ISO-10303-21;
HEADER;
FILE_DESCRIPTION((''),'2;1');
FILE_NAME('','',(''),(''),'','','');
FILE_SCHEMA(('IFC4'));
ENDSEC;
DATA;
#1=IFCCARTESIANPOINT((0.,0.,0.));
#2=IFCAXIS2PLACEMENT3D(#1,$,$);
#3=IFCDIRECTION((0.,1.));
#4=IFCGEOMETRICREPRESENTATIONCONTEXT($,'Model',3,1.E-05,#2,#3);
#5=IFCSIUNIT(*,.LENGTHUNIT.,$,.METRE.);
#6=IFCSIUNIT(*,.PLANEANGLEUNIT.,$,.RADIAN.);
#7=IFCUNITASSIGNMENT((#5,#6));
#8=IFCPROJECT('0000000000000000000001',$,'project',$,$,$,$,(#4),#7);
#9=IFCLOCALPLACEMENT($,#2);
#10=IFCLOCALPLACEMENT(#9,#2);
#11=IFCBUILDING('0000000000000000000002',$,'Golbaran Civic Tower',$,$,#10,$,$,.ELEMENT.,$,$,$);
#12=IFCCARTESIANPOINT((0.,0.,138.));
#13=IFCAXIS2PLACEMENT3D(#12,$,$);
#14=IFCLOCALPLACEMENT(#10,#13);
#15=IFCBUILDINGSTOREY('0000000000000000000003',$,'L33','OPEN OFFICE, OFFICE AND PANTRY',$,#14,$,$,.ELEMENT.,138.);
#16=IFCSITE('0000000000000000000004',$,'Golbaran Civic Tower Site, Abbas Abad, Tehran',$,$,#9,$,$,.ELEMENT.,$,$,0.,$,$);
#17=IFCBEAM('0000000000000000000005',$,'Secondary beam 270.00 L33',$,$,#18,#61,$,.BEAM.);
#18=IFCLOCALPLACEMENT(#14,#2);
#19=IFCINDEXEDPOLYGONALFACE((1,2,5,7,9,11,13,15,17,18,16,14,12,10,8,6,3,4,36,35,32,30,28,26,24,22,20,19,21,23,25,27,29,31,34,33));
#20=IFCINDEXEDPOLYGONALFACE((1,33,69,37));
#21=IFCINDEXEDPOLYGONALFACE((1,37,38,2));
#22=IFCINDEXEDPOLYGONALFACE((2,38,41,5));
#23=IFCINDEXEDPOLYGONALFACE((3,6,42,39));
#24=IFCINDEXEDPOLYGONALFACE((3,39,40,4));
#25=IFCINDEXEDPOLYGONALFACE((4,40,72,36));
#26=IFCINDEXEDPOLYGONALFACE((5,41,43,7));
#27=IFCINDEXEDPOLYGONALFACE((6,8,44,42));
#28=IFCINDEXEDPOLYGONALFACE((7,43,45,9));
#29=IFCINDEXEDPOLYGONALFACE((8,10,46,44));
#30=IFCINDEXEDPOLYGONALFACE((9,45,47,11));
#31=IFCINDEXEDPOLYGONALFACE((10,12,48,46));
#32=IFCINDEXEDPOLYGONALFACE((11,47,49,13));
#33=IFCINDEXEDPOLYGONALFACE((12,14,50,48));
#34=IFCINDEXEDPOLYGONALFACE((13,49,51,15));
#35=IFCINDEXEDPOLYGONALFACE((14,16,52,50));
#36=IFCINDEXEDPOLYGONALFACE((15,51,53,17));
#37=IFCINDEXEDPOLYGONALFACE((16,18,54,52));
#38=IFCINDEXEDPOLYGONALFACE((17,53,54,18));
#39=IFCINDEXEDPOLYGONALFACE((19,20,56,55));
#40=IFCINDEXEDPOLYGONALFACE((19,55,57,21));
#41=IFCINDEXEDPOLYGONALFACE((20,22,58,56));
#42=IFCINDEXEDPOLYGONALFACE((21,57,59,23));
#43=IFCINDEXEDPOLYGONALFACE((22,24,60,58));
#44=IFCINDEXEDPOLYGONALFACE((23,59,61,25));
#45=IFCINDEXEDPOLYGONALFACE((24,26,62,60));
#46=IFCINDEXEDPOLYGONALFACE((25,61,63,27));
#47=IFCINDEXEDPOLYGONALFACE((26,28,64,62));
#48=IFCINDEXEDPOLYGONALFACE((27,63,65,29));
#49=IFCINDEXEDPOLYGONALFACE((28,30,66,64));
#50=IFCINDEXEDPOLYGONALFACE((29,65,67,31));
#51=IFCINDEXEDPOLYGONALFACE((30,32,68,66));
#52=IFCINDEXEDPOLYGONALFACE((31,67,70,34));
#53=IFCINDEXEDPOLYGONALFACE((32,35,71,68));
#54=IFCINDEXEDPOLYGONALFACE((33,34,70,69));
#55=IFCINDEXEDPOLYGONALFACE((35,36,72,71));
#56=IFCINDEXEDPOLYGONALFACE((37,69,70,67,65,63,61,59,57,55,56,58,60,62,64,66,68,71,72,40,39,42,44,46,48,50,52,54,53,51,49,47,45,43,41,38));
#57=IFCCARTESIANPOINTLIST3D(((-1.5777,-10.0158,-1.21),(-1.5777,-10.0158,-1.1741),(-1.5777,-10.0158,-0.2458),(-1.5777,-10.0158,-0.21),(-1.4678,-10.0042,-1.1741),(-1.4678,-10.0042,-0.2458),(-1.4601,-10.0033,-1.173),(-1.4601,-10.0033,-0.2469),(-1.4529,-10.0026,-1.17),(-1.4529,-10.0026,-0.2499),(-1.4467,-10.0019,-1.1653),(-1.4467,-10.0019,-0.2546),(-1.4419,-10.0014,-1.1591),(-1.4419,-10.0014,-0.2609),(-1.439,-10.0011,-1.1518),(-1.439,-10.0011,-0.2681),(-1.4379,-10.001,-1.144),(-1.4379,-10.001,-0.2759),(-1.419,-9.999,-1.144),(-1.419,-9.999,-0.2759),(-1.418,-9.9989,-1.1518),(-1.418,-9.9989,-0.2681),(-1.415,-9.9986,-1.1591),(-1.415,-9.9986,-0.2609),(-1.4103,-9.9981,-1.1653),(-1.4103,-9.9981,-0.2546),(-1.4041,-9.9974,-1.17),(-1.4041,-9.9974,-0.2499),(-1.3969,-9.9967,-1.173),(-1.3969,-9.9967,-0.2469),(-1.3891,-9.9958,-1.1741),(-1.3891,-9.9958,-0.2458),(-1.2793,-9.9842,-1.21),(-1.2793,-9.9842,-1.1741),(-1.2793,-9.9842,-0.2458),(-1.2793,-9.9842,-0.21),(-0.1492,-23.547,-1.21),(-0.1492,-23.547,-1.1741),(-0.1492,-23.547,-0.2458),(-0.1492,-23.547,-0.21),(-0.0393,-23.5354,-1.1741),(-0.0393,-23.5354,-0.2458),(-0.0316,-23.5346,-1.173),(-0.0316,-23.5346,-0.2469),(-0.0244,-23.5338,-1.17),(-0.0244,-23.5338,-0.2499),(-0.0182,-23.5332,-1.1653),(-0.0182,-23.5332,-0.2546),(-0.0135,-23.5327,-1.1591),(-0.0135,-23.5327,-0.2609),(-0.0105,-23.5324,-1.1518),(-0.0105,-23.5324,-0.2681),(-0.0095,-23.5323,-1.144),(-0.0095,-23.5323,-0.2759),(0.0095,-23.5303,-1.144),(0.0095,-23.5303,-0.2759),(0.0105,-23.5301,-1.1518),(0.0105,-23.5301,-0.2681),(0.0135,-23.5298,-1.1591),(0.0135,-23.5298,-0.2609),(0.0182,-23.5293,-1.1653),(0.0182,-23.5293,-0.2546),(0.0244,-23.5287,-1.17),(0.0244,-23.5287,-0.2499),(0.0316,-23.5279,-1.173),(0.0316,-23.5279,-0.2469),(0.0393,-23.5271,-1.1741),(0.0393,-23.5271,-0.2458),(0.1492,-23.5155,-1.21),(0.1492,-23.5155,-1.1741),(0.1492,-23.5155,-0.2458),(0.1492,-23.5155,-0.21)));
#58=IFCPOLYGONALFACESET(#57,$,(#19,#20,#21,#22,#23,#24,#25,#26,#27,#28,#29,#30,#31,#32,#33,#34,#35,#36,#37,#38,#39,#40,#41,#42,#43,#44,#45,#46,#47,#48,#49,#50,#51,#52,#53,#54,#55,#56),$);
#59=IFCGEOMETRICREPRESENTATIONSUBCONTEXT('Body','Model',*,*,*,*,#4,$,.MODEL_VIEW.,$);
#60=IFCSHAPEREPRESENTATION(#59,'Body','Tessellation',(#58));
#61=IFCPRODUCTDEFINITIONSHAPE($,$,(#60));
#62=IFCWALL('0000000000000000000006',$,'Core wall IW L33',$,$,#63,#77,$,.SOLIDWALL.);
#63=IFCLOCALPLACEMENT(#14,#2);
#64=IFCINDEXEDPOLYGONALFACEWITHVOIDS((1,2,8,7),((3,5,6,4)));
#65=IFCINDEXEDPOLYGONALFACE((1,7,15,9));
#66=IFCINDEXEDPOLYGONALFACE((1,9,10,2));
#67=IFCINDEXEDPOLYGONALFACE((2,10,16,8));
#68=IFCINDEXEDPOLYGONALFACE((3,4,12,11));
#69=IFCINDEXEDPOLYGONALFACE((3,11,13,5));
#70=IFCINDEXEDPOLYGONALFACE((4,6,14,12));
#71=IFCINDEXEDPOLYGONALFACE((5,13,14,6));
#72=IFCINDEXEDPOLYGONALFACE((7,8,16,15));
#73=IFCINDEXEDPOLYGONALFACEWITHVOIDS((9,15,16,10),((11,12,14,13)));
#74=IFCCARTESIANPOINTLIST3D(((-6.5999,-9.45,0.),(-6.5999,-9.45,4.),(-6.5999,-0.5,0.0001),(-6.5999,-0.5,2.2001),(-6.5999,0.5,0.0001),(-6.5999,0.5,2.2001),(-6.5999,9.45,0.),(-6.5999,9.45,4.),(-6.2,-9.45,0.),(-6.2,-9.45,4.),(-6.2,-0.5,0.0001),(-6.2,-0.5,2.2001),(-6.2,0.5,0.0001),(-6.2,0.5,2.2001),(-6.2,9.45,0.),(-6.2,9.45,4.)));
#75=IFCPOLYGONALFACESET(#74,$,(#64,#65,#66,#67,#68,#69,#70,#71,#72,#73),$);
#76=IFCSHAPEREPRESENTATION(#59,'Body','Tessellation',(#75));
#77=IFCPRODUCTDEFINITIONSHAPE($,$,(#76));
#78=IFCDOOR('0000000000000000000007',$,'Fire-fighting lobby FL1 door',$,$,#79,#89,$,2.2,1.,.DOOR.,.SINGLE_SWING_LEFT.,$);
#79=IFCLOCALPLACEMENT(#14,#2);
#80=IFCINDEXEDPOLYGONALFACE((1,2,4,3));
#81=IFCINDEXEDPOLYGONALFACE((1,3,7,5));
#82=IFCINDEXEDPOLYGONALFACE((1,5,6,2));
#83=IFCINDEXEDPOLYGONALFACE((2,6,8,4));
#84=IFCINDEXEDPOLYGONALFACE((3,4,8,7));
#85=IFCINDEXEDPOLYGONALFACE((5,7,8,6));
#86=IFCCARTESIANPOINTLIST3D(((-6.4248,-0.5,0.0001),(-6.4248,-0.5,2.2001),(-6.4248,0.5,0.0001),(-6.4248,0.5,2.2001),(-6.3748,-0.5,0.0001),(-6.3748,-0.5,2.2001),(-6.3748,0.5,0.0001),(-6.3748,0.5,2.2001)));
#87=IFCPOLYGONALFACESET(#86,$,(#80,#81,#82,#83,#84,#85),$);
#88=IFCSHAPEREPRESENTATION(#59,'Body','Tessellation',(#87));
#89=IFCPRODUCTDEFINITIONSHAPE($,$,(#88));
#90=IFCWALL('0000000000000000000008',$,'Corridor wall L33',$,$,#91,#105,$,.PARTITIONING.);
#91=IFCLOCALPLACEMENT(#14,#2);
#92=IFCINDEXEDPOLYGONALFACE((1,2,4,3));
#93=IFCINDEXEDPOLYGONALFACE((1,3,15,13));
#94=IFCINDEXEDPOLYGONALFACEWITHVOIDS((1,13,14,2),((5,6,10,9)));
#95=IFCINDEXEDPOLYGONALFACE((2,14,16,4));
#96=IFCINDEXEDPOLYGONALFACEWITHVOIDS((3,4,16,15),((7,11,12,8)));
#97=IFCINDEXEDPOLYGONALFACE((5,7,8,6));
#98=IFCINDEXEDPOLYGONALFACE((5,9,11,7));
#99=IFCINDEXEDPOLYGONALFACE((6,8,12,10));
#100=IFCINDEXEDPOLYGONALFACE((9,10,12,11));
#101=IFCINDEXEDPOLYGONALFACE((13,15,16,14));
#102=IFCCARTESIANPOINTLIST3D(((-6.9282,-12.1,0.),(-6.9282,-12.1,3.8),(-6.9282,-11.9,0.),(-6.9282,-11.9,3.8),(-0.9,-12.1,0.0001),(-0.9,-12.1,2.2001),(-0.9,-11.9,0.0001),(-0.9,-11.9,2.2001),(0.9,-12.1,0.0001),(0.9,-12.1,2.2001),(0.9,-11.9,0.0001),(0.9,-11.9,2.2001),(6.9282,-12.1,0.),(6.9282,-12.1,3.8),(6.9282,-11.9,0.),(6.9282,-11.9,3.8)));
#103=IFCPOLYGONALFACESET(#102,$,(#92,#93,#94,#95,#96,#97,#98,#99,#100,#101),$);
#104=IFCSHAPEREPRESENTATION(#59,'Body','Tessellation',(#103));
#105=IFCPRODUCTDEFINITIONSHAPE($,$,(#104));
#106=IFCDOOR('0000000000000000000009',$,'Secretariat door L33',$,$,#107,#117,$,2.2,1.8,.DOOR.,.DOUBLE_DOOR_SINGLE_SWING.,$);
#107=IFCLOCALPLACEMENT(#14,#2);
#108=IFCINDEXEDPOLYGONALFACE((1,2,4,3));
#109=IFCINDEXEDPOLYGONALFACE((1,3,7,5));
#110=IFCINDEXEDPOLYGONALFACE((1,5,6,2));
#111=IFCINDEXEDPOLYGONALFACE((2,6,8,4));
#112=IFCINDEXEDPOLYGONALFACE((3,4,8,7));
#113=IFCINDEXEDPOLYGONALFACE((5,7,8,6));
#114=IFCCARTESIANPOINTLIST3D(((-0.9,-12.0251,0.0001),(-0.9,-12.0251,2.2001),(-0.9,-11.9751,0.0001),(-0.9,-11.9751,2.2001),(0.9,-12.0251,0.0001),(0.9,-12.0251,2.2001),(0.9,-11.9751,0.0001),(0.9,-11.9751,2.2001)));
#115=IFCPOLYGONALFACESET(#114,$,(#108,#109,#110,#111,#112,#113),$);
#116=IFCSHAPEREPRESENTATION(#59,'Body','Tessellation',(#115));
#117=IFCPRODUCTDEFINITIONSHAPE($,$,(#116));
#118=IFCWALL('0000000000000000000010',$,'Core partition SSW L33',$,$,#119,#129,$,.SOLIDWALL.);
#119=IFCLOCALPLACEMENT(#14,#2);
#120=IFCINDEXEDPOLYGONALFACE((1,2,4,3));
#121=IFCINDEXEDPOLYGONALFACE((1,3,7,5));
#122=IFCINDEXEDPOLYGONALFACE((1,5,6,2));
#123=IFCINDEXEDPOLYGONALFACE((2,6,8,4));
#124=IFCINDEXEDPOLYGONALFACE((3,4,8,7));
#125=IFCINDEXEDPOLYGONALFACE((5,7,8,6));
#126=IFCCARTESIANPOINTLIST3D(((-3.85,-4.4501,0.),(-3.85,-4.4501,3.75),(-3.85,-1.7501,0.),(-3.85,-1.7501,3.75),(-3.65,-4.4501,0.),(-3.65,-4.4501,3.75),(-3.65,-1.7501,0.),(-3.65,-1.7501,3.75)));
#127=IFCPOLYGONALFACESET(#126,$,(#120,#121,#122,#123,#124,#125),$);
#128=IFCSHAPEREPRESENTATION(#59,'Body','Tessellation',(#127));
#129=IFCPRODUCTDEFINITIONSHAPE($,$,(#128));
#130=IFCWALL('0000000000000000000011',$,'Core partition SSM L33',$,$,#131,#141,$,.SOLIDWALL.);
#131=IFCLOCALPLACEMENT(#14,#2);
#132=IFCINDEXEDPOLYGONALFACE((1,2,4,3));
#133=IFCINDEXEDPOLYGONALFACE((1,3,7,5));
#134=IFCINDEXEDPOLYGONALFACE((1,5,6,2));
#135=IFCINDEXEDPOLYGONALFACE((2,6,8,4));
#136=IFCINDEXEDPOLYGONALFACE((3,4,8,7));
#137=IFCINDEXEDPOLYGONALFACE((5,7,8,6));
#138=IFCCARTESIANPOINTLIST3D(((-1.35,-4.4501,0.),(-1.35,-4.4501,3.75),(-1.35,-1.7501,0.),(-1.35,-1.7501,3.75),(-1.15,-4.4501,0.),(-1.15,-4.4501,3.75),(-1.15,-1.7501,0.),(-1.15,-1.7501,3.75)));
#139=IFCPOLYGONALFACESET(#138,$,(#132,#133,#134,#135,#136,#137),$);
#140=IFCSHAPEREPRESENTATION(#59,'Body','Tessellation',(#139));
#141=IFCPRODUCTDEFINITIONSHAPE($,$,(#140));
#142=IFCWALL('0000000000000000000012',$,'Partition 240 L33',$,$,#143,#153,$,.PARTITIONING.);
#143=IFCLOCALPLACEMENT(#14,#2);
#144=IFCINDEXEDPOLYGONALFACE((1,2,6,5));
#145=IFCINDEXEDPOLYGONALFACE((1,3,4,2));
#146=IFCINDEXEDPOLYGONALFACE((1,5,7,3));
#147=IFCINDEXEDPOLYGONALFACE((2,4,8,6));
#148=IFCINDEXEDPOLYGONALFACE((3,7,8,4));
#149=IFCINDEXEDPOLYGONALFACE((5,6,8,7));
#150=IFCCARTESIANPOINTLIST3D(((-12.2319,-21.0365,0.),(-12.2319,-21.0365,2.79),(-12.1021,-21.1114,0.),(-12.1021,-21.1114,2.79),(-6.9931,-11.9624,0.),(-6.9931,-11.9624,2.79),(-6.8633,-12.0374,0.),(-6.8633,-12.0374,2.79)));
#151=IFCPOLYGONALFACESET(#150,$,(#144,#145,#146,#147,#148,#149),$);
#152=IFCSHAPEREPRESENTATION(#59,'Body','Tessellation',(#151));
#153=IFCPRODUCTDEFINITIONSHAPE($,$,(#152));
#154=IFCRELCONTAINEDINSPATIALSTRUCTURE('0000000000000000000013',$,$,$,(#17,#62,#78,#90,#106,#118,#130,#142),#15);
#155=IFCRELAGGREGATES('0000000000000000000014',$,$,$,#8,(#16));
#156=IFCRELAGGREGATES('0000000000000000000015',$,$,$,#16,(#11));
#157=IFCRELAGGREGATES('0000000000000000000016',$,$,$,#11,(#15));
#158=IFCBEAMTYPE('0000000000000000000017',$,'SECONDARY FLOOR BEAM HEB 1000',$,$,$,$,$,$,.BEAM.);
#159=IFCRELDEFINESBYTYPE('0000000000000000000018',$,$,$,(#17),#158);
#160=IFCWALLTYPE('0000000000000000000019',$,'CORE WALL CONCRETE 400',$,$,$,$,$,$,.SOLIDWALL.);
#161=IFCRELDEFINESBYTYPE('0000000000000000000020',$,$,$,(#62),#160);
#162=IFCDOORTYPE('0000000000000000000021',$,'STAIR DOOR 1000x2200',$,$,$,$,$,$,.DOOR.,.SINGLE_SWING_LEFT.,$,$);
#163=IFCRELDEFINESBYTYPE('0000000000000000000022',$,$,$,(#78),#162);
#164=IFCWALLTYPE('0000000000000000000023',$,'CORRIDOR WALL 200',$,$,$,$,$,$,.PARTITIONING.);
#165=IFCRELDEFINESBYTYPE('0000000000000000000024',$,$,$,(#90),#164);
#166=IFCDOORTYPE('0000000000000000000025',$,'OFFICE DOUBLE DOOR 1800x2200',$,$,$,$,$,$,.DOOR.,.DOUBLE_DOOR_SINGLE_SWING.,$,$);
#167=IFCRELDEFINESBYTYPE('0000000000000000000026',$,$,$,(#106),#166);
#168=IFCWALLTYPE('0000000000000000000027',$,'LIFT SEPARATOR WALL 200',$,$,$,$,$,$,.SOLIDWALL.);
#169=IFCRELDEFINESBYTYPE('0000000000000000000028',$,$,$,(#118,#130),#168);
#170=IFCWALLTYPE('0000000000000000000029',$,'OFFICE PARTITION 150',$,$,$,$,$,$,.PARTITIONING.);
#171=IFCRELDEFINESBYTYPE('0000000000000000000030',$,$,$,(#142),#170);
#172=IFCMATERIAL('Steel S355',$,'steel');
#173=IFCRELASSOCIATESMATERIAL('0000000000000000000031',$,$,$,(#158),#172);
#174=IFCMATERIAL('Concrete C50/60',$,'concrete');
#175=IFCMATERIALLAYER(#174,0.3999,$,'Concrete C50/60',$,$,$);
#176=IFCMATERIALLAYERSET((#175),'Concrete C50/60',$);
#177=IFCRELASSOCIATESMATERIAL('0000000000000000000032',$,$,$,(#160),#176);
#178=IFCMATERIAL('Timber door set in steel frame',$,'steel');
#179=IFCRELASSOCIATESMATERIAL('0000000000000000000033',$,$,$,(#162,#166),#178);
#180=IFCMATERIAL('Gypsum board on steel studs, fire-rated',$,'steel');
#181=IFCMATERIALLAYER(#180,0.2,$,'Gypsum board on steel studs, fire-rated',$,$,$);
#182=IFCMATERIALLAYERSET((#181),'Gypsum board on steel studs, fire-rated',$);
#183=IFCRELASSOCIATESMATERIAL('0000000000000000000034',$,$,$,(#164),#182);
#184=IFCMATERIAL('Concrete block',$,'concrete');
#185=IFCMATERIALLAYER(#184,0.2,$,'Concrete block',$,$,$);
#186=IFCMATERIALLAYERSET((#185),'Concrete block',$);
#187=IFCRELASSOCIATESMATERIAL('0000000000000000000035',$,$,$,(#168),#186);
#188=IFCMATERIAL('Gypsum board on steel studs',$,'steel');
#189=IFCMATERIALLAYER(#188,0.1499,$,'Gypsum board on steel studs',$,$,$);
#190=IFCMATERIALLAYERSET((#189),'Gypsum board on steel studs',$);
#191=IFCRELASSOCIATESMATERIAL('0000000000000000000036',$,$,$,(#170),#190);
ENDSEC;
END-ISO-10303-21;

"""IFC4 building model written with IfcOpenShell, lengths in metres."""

from ifc_helpers import new_model, si_unit, direction, frame, frame_2d, origin, origin_2d, place, context, subcontext, project, spatial, rectangle, i_section, extrude, material, layer, layer_set, material_profile, profile_set, type_object, element, fill, save


model = new_model("IFC4")

# Units and contexts
model_context = context("Model", 3, precision=1e-05, world=origin(), true_north=direction((0.0, 1.0)))
body_context = subcontext(model_context, "Body", "Model", "MODEL_VIEW")
ifc_project = project(units=[si_unit("LENGTHUNIT", "METRE"), si_unit("PLANEANGLEUNIT", "RADIAN")], contexts=[model_context])

# Site, building, storey
site_placement = place(None, origin())
site = spatial("IfcSite", under=ifc_project, at=site_placement, Name="Golbaran Civic Tower Site, Abbas Abad, Tehran", CompositionType="ELEMENT", RefElevation=0.0)
building_placement = place(site_placement, origin())
building = spatial("IfcBuilding", under=site, at=building_placement, Name="Golbaran Civic Tower", CompositionType="ELEMENT")
storey_placement = place(building_placement, frame((0.0, 0.0, 138.0)))
storey = spatial("IfcBuildingStorey", under=building, at=storey_placement, Name="L33", Description="OPEN OFFICE, OFFICE AND PANTRY", CompositionType="ELEMENT", Elevation=138.0)

# Beam
ifc_material_1 = material(Name="Steel S355", Category="steel")
ifc_material_profile_1 = material_profile(ifc_material_1, i_section(OverallWidth=0.3, OverallDepth=1.0, WebThickness=0.019, FlangeThickness=0.0359, FilletRadius=0.03, at=origin_2d()), Name="HEB 1000")
ifc_profile_set_1 = profile_set([ifc_material_profile_1], Name="Steel S355")
beam_type_1 = type_object("IfcBeamType", Name="SECONDARY FLOOR BEAM HEB 1000", PredefinedType="BEAM", material=ifc_profile_set_1)
beam_1_placement = place(storey_placement, frame((-1.4285, -10.0, -0.71), z_axis=(0.104985, -0.994474, 0.0), x_axis=(0.994474, 0.104985, 0.0)))
element("IfcBeam", 1, at=beam_1_placement, inside=storey, type_object=beam_type_1, Name="Secondary beam 270.00 L33", PredefinedType="BEAM", context=body_context, shape_type="SweptSolid", body=[
    extrude(i_section(OverallWidth=0.3, OverallDepth=1.0, WebThickness=0.019, FlangeThickness=0.0359, FilletRadius=0.03, at=origin_2d()), origin(), (0.0, 0.0, 1.0), 13.6064),
])

# Walls, openings, doors
ifc_material_2 = material(Name="Concrete C50/60", Category="concrete")
ifc_layer_1 = layer(ifc_material_2, 0.3999, Name="Concrete C50/60")
ifc_layer_set_1 = layer_set([ifc_layer_1], Name="Concrete C50/60")
wall_type_1 = type_object("IfcWallType", Name="CORE WALL CONCRETE 400", PredefinedType="SOLIDWALL", material=ifc_layer_set_1)
wall_1_placement = place(storey_placement, frame((-6.3999, -9.45, 0.0), z_axis=(0.0, 0.0, 1.0), x_axis=(0.0, 1.0, 0.0)))
wall_1 = element("IfcWall", 2, at=wall_1_placement, inside=storey, type_object=wall_type_1, Name="Core wall IW L33", PredefinedType="SOLIDWALL", context=body_context, shape_type="SweptSolid", body=[
    extrude(rectangle(XDim=18.8999, YDim=0.3999, at=frame_2d((9.45, 0.0))), origin(), (0.0, 0.0, 1.0), 4.0),
])
opening_1_placement = place(wall_1_placement, frame((8.95, 0.0, 0.0)))
opening_1 = element("IfcOpeningElement", 3, at=opening_1_placement, cuts=wall_1, PredefinedType="OPENING", context=body_context, shape_type="SweptSolid", body=[
    extrude(rectangle(XDim=1.0, YDim=2.2, at=frame_2d((0.5, 1.1001))), frame((0.0, 0.21, 0.0), z_axis=(0.0, -1.0, 0.0), x_axis=(1.0, 0.0, 0.0)), (0.0, 0.0, 1.0), 0.4199),
])
ifc_material_3 = material(Name="Timber door set in steel frame", Category="steel")
door_type_1 = type_object("IfcDoorType", Name="STAIR DOOR 1000x2200", OperationType="SINGLE_SWING_LEFT", PredefinedType="DOOR", material=ifc_material_3)
door_1_placement = place(opening_1_placement, origin())
door_1 = element("IfcDoor", 4, at=door_1_placement, inside=storey, type_object=door_type_1, Name="Fire-fighting lobby FL1 door", OperationType="SINGLE_SWING_LEFT", OverallHeight=2.2, OverallWidth=1.0, PredefinedType="DOOR", context=body_context, shape_type="SweptSolid", body=[
    extrude(rectangle(XDim=1.0, YDim=2.2, at=frame_2d((0.5, 1.1001))), frame((0.0, 0.0249, 0.0), z_axis=(0.0, -1.0, 0.0), x_axis=(1.0, 0.0, 0.0)), (0.0, 0.0, 1.0), 0.05),
])
fill(opening_1, door_1)
ifc_material_4 = material(Name="Gypsum board on steel studs, fire-rated", Category="steel")
ifc_layer_2 = layer(ifc_material_4, 0.2, Name="Gypsum board on steel studs, fire-rated")
ifc_layer_set_2 = layer_set([ifc_layer_2], Name="Gypsum board on steel studs, fire-rated")
wall_type_2 = type_object("IfcWallType", Name="CORRIDOR WALL 200", PredefinedType="PARTITIONING", material=ifc_layer_set_2)
wall_2_placement = place(storey_placement, frame((-6.9282, -12.0, 0.0), z_axis=(0.0, 0.0, 1.0), x_axis=(1.0, 0.0, 0.0)))
wall_2 = element("IfcWall", 5, at=wall_2_placement, inside=storey, type_object=wall_type_2, Name="Corridor wall L33", PredefinedType="PARTITIONING", context=body_context, shape_type="SweptSolid", body=[
    extrude(rectangle(XDim=13.8564, YDim=0.2, at=frame_2d((6.9282, 0.0))), origin(), (0.0, 0.0, 1.0), 3.8),
])
opening_2_placement = place(wall_2_placement, frame((6.0283, 0.0, 0.0)))
opening_2 = element("IfcOpeningElement", 6, at=opening_2_placement, cuts=wall_2, PredefinedType="OPENING", context=body_context, shape_type="SweptSolid", body=[
    extrude(rectangle(XDim=1.8, YDim=2.2, at=frame_2d((0.8999, 1.1001))), frame((0.0, 0.1099, 0.0), z_axis=(0.0, -1.0, 0.0), x_axis=(1.0, 0.0, 0.0)), (0.0, 0.0, 1.0), 0.22),
])
door_type_2 = type_object("IfcDoorType", Name="OFFICE DOUBLE DOOR 1800x2200", OperationType="DOUBLE_DOOR_SINGLE_SWING", PredefinedType="DOOR", material=ifc_material_3)
door_2_placement = place(opening_2_placement, origin())
door_2 = element("IfcDoor", 7, at=door_2_placement, inside=storey, type_object=door_type_2, Name="Secretariat door L33", OperationType="DOUBLE_DOOR_SINGLE_SWING", OverallHeight=2.2, OverallWidth=1.8, PredefinedType="DOOR", context=body_context, shape_type="SweptSolid", body=[
    extrude(rectangle(XDim=1.8, YDim=2.2, at=frame_2d((0.8999, 1.1001))), frame((0.0, 0.0249, 0.0), z_axis=(0.0, -1.0, 0.0), x_axis=(1.0, 0.0, 0.0)), (0.0, 0.0, 1.0), 0.05),
])
fill(opening_2, door_2)

# Walls
ifc_material_5 = material(Name="Concrete block", Category="concrete")
ifc_layer_3 = layer(ifc_material_5, 0.2, Name="Concrete block")
ifc_layer_set_3 = layer_set([ifc_layer_3], Name="Concrete block")
wall_type_3 = type_object("IfcWallType", Name="LIFT SEPARATOR WALL 200", PredefinedType="SOLIDWALL", material=ifc_layer_set_3)
for number, where, z_axis, x_axis, name in (
    (8, (-3.75, -1.75, 0.0), (0.0, 0.0, 1.0), (0.0, -1.0, 0.0), "Core partition SSW L33"),
    (9, (-1.25, -1.75, 0.0), (0.0, 0.0, 1.0), (0.0, -1.0, 0.0), "Core partition SSM L33"),
):
    element("IfcWall", number, at=place(storey_placement, frame(where, z_axis=z_axis, x_axis=x_axis)), inside=storey, type_object=wall_type_3, Name=name, PredefinedType="SOLIDWALL", context=body_context, shape_type="SweptSolid", body=[
        extrude(rectangle(XDim=2.7, YDim=0.2, at=frame_2d((1.3501, 0.0))), origin(), (0.0, 0.0, 1.0), 3.75),
    ])
ifc_material_6 = material(Name="Gypsum board on steel studs", Category="steel")
ifc_layer_4 = layer(ifc_material_6, 0.1499, Name="Gypsum board on steel studs")
ifc_layer_set_4 = layer_set([ifc_layer_4], Name="Gypsum board on steel studs")
wall_type_4 = type_object("IfcWallType", Name="OFFICE PARTITION 150", PredefinedType="PARTITIONING", material=ifc_layer_set_4)
wall_3_placement = place(storey_placement, frame((-6.9282, -12.0, 0.0), z_axis=(0.0, 0.0, 1.0), x_axis=(-0.499993, -0.866029, 0.0)))
element("IfcWall", 10, at=wall_3_placement, inside=storey, type_object=wall_type_4, Name="Partition 240 L33", PredefinedType="PARTITIONING", context=body_context, shape_type="SweptSolid", body=[
    extrude(rectangle(XDim=10.4778, YDim=0.1499, at=frame_2d((5.2388, 0.0))), origin(), (0.0, 0.0, 1.0), 2.79),
])

save(model, "model.ifc")
